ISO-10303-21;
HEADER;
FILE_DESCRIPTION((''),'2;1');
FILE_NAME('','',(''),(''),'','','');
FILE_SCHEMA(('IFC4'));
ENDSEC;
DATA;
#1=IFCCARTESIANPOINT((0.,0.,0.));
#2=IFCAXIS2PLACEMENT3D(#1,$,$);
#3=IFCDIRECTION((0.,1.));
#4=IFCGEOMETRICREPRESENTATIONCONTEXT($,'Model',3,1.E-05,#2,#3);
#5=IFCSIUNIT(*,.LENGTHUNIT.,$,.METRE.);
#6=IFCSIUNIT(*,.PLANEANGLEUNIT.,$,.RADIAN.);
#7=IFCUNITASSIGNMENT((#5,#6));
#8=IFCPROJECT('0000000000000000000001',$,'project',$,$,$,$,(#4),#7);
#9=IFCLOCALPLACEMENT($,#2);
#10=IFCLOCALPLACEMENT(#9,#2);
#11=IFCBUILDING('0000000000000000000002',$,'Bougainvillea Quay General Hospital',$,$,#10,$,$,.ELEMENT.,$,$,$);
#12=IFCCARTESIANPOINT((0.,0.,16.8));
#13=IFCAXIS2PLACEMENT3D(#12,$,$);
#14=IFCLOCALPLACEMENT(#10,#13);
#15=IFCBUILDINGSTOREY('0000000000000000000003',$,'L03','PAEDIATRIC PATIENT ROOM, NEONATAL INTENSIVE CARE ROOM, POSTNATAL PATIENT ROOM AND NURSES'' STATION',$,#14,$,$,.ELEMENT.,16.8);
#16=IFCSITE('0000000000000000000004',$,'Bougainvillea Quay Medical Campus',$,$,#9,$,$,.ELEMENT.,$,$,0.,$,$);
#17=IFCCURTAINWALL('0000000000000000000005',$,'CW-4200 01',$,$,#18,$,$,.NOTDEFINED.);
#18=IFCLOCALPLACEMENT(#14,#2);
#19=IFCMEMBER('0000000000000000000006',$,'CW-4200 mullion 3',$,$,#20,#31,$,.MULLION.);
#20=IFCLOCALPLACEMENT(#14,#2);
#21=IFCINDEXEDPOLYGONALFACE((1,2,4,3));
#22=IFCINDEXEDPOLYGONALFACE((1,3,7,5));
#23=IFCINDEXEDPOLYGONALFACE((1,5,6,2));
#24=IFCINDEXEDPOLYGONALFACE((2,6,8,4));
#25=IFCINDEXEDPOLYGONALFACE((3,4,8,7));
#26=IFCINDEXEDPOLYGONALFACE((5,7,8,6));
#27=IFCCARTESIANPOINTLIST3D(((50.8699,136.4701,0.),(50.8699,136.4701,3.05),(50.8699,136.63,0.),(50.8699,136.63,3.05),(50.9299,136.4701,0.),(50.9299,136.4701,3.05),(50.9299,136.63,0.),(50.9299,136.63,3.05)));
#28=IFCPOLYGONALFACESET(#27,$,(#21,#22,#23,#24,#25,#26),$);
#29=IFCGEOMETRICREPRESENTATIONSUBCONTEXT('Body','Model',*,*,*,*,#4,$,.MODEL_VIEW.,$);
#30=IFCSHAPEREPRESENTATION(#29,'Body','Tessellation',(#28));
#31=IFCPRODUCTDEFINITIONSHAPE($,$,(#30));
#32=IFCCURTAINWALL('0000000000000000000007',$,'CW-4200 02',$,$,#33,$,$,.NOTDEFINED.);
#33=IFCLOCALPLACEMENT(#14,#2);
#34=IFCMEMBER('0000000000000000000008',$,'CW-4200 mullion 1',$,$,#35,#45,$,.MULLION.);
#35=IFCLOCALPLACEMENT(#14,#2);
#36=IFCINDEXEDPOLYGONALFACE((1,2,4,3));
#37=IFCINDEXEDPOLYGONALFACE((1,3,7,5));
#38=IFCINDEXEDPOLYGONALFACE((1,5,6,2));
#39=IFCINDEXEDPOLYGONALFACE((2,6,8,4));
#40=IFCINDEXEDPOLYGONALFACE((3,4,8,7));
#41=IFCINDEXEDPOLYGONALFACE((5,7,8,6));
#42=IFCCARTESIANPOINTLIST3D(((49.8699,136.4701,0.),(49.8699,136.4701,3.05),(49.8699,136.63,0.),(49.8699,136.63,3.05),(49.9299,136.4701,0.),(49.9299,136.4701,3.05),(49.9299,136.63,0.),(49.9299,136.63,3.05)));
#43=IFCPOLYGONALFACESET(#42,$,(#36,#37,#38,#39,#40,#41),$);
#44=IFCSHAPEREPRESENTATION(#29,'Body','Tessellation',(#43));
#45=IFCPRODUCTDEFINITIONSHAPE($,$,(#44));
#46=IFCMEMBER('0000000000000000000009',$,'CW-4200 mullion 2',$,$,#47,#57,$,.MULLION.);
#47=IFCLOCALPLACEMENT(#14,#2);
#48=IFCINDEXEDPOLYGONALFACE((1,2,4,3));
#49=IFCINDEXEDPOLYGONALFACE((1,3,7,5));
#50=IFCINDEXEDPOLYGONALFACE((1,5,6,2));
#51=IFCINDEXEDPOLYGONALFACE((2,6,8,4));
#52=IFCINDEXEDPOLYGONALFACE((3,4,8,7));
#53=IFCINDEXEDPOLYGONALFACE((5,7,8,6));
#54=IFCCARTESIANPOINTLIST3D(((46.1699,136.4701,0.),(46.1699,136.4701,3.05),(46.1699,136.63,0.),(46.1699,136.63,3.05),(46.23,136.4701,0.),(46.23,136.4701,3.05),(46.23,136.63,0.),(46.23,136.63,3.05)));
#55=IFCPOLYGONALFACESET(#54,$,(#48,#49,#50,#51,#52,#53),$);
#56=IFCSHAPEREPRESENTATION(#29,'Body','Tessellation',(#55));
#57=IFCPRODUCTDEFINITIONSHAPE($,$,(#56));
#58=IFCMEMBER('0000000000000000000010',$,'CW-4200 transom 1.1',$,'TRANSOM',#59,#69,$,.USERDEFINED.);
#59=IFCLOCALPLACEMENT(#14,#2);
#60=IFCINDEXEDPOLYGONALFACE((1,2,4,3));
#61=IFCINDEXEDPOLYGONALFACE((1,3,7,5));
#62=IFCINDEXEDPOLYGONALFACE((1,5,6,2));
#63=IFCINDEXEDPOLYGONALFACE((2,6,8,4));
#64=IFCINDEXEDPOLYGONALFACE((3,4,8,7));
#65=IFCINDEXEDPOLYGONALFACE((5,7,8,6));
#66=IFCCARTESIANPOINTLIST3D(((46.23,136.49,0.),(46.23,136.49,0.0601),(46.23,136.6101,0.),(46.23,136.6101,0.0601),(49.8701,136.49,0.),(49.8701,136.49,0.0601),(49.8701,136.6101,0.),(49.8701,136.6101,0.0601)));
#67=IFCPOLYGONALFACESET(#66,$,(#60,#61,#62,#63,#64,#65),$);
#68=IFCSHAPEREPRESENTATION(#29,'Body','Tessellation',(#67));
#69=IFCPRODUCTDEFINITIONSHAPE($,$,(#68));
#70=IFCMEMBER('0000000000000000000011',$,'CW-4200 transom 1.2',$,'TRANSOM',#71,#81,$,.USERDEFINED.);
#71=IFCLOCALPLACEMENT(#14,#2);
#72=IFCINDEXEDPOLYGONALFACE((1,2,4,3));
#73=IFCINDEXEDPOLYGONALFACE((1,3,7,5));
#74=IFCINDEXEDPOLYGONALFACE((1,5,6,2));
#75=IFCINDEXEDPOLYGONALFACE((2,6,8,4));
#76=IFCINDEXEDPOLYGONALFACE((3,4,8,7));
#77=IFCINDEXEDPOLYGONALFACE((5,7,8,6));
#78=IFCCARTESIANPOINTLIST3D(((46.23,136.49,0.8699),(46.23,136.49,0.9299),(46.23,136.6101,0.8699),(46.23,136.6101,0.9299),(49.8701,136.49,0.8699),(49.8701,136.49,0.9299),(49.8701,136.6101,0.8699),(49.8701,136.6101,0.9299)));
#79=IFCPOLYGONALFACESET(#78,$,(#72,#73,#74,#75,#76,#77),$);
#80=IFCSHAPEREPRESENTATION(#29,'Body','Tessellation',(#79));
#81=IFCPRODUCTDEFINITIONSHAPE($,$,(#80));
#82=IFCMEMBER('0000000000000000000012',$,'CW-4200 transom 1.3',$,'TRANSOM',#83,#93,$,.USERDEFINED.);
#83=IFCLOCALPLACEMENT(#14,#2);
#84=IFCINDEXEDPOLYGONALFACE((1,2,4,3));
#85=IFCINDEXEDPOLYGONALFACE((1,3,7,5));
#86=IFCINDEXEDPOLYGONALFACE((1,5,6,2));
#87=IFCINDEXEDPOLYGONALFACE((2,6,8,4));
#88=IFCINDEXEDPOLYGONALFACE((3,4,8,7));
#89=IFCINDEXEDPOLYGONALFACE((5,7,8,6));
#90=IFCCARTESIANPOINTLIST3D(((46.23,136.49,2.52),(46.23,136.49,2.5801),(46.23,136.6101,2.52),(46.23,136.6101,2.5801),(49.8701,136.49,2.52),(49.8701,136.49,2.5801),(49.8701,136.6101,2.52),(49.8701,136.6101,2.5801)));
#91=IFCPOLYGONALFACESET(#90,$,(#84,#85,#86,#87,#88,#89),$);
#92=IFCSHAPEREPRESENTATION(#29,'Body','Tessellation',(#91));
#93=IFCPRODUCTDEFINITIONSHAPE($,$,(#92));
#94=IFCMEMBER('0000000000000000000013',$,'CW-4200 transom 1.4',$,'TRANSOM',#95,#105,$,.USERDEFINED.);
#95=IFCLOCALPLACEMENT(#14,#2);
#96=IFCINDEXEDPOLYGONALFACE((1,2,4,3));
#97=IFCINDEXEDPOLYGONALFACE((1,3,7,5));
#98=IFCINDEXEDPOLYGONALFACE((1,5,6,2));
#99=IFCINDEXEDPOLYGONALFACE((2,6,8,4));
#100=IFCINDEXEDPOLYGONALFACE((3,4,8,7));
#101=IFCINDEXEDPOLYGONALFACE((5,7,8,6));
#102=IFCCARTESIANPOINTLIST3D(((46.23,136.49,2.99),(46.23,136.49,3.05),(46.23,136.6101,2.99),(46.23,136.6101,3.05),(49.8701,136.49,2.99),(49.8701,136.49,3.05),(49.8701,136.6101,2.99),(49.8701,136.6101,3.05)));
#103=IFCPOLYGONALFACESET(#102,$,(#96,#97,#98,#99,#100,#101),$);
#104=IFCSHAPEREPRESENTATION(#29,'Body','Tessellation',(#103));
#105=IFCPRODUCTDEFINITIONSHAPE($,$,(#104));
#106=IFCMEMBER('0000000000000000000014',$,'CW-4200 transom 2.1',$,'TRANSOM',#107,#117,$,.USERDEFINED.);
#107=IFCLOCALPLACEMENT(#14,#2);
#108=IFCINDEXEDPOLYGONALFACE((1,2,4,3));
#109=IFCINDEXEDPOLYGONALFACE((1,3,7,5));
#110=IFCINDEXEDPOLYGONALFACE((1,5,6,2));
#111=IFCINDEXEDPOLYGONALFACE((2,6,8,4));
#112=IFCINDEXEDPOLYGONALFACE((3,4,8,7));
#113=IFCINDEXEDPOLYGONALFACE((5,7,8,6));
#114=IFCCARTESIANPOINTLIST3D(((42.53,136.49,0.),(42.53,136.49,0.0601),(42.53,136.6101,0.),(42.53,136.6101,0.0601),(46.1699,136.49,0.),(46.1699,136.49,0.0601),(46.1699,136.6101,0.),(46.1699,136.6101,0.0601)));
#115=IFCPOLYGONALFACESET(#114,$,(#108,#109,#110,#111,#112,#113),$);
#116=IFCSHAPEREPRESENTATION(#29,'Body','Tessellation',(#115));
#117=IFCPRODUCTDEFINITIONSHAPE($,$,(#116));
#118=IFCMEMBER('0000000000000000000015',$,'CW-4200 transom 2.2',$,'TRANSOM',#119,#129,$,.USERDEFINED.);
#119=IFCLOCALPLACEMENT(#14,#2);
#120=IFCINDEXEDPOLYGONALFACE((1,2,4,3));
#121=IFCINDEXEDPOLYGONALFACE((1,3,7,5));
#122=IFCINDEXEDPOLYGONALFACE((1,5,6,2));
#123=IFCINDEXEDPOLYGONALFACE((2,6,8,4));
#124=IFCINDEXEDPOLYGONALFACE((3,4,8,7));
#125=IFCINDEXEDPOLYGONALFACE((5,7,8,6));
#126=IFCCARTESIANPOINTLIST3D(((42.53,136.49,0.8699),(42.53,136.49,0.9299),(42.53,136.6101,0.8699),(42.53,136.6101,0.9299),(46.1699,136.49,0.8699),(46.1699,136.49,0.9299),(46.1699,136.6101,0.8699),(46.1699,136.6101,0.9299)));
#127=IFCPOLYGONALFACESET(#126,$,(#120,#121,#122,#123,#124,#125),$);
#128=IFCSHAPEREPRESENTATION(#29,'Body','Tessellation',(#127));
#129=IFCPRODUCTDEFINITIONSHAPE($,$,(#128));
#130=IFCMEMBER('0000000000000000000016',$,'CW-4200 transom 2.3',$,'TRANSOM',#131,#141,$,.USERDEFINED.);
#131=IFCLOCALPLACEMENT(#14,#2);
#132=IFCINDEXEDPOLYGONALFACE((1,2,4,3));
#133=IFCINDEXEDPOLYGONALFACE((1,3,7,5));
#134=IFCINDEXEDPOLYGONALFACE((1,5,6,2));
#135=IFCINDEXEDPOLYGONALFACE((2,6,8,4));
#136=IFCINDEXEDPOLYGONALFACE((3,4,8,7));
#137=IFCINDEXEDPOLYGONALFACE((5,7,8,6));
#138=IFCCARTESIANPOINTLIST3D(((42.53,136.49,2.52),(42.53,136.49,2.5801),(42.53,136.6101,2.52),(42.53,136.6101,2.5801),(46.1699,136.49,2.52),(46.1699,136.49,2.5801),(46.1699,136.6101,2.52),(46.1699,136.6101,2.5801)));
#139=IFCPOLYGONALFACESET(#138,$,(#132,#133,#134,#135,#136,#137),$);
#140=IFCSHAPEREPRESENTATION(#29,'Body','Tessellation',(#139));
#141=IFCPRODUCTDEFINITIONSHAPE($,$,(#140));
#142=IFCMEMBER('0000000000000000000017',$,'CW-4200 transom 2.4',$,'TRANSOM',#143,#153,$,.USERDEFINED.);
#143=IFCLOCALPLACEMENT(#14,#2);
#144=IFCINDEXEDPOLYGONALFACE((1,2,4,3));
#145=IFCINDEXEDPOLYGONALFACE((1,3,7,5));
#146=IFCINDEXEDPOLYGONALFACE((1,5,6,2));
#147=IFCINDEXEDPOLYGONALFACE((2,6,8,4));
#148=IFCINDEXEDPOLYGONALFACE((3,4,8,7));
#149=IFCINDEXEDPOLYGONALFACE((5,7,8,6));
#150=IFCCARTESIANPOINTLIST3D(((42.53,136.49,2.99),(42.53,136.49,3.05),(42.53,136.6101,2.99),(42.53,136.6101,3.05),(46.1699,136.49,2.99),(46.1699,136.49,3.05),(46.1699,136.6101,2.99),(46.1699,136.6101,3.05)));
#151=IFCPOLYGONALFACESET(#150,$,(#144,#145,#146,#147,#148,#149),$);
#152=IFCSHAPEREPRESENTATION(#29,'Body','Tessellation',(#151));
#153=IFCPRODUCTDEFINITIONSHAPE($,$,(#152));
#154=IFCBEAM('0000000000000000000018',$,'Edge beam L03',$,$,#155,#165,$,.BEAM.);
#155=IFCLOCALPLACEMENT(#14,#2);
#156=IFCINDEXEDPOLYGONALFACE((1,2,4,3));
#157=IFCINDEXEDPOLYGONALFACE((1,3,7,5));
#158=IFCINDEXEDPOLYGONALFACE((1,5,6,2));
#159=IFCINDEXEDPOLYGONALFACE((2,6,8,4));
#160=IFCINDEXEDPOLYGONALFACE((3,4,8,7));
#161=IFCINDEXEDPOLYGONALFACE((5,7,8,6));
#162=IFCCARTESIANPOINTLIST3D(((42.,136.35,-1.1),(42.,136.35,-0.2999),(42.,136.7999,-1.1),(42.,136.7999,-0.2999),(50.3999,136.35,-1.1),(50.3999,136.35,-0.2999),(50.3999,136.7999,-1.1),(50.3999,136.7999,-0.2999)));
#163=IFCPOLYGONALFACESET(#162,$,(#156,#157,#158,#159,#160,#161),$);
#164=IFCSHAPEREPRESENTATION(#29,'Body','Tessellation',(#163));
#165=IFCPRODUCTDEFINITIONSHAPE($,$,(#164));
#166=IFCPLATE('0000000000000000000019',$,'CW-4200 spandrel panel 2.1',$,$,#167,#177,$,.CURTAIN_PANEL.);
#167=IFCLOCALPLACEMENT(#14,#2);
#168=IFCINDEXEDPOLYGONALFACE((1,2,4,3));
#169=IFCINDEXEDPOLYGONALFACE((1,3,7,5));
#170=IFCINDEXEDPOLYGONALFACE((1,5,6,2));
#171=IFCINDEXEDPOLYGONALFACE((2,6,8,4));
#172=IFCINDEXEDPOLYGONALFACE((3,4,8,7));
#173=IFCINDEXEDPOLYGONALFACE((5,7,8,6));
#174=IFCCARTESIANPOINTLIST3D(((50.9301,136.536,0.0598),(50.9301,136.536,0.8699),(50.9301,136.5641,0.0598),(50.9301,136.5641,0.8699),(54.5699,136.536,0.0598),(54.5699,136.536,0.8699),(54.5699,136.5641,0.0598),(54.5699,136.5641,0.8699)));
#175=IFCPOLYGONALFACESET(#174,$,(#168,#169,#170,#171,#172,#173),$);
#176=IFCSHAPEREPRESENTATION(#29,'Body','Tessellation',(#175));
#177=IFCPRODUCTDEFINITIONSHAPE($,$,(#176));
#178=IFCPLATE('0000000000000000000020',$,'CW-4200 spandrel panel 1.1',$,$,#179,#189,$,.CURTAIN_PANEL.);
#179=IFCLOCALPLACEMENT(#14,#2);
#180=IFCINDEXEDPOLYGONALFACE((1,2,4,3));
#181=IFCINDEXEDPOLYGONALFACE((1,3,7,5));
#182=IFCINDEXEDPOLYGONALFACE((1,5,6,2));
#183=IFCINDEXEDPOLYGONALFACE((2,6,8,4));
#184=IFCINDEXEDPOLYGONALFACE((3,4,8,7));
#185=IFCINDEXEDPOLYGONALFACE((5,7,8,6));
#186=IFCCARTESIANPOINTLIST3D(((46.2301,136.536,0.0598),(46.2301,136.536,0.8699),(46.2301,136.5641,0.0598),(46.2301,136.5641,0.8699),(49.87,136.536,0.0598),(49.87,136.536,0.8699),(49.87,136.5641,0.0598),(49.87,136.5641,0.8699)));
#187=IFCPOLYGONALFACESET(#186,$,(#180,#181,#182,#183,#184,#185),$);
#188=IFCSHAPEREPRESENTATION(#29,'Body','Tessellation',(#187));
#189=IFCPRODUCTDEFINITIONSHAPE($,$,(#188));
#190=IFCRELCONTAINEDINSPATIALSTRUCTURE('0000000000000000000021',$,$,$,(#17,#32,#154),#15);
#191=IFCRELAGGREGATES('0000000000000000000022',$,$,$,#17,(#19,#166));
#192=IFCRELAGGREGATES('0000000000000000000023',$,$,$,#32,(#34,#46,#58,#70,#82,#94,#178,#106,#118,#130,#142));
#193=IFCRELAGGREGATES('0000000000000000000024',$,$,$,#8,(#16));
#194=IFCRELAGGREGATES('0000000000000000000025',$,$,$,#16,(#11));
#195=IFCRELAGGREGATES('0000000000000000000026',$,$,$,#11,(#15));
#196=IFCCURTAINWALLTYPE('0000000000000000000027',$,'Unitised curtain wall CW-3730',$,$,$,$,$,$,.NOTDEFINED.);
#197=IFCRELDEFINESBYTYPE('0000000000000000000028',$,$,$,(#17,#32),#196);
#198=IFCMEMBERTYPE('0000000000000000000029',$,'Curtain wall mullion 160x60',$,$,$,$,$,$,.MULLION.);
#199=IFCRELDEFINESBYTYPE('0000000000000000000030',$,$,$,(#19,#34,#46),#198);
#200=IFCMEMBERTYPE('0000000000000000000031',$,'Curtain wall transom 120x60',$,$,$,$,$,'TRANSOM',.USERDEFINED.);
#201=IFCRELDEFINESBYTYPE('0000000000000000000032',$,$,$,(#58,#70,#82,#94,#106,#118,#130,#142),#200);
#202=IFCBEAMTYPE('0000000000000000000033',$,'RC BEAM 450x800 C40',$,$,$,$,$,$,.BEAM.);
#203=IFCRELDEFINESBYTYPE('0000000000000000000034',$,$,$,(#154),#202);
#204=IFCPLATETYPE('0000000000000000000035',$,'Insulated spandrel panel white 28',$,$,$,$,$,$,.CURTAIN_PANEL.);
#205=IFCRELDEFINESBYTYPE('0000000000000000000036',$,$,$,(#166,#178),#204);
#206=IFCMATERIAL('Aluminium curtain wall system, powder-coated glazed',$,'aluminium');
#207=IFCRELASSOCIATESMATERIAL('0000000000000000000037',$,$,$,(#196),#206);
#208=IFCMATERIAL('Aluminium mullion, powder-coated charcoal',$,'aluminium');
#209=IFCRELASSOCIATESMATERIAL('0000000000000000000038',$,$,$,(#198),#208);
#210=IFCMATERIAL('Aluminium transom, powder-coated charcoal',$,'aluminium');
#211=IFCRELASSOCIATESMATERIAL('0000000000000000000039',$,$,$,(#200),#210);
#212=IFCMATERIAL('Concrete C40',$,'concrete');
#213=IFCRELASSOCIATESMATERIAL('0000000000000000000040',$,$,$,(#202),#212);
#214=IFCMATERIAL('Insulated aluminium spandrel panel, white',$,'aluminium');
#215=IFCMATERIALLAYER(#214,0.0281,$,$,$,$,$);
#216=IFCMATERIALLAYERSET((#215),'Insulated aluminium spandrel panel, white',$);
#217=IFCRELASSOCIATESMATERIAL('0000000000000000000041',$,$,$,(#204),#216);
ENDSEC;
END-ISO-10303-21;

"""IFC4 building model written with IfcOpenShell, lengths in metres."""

from ifc_helpers import new_model, si_unit, direction, frame, origin, origin_2d, place, context, subcontext, project, spatial, rectangle, extrude, material, layer, layer_set, material_profile, profile_set, type_object, element, aggregate, save


model = new_model("IFC4")

# Units and contexts
model_context = context("Model", 3, precision=1e-05, world=origin(), true_north=direction((0.0, 1.0)))
body_context = subcontext(model_context, "Body", "Model", "MODEL_VIEW")
ifc_project = project(units=[si_unit("LENGTHUNIT", "METRE"), si_unit("PLANEANGLEUNIT", "RADIAN")], contexts=[model_context])

# Site, building, storey
site_placement = place(None, origin())
site = spatial("IfcSite", under=ifc_project, at=site_placement, Name="Bougainvillea Quay Medical Campus", CompositionType="ELEMENT", RefElevation=0.0)
building_placement = place(site_placement, origin())
building = spatial("IfcBuilding", under=site, at=building_placement, Name="Bougainvillea Quay General Hospital", CompositionType="ELEMENT")
storey_placement = place(building_placement, frame((0.0, 0.0, 16.8)))
storey = spatial("IfcBuildingStorey", under=building, at=storey_placement, Name="L03", Description="PAEDIATRIC PATIENT ROOM, NEONATAL INTENSIVE CARE ROOM, POSTNATAL PATIENT ROOM AND NURSES' STATION", CompositionType="ELEMENT", Elevation=16.8)

# Curtain wall, member
ifc_material_1 = material(Name="Aluminium curtain wall system, powder-coated glazed", Category="aluminium")
curtain_wall_type = type_object("IfcCurtainWallType", Name="Unitised curtain wall CW-3730", PredefinedType="NOTDEFINED", material=ifc_material_1)
curtain_wall_1_placement = place(storey_placement, origin())
curtain_wall_1 = element("IfcCurtainWall", 1, at=curtain_wall_1_placement, inside=storey, type_object=curtain_wall_type, Name="CW-4200 01", PredefinedType="NOTDEFINED")
ifc_material_2 = material(Name="Aluminium mullion, powder-coated charcoal", Category="aluminium")
ifc_material_profile_1 = material_profile(ifc_material_2, rectangle(XDim=0.1599, YDim=0.0601, at=origin_2d()))
ifc_profile_set_1 = profile_set([ifc_material_profile_1], Name="Aluminium mullion, powder-coated charcoal")
member_type_1 = type_object("IfcMemberType", Name="Curtain wall mullion 160x60", PredefinedType="MULLION", material=ifc_profile_set_1)
member_1_placement = place(storey_placement, frame((50.8999, 136.55, 0.0), z_axis=(0.0, 0.0, 1.0), x_axis=(0.0, -1.0, 0.0)))
member_1 = element("IfcMember", 2, at=member_1_placement, type_object=member_type_1, Name="CW-4200 mullion 3", PredefinedType="MULLION", context=body_context, shape_type="SweptSolid", body=[
    extrude(rectangle(XDim=0.1599, YDim=0.0601, at=origin_2d()), origin(), (0.0, 0.0, 1.0), 3.05),
])

# Curtain wall, members
curtain_wall_2_placement = place(storey_placement, origin())
curtain_wall_2 = element("IfcCurtainWall", 3, at=curtain_wall_2_placement, inside=storey, type_object=curtain_wall_type, Name="CW-4200 02", PredefinedType="NOTDEFINED")
member_2_placement = place(storey_placement, frame((49.8999, 136.55, 0.0), z_axis=(0.0, 0.0, 1.0), x_axis=(0.0, -1.0, 0.0)))
member_2 = element("IfcMember", 4, at=member_2_placement, type_object=member_type_1, Name="CW-4200 mullion 1", PredefinedType="MULLION", context=body_context, shape_type="SweptSolid", body=[
    extrude(rectangle(XDim=0.1599, YDim=0.0601, at=origin_2d()), origin(), (0.0, 0.0, 1.0), 3.05),
])
member_3_placement = place(storey_placement, frame((46.2, 136.55, 0.0), z_axis=(0.0, 0.0, 1.0), x_axis=(0.0, -1.0, 0.0)))
member_3 = element("IfcMember", 5, at=member_3_placement, type_object=member_type_1, Name="CW-4200 mullion 2", PredefinedType="MULLION", context=body_context, shape_type="SweptSolid", body=[
    extrude(rectangle(XDim=0.1599, YDim=0.0601, at=origin_2d()), origin(), (0.0, 0.0, 1.0), 3.05),
])
ifc_material_3 = material(Name="Aluminium transom, powder-coated charcoal", Category="aluminium")
ifc_material_profile_2 = material_profile(ifc_material_3, rectangle(XDim=0.1201, YDim=0.0601, at=origin_2d()))
ifc_profile_set_2 = profile_set([ifc_material_profile_2], Name="Aluminium transom, powder-coated charcoal")
member_type_2 = type_object("IfcMemberType", Name="Curtain wall transom 120x60", ElementType="TRANSOM", PredefinedType="USERDEFINED", material=ifc_profile_set_2)
member_4_placement = place(storey_placement, frame((49.8701, 136.55, 0.03), z_axis=(-1.0, 0.0, 0.0), x_axis=(0.0, -1.0, 0.0)))
member_4 = element("IfcMember", 6, at=member_4_placement, type_object=member_type_2, Name="CW-4200 transom 1.1", ObjectType="TRANSOM", PredefinedType="USERDEFINED", context=body_context, shape_type="SweptSolid", body=[
    extrude(rectangle(XDim=0.1201, YDim=0.0601, at=origin_2d()), origin(), (0.0, 0.0, 1.0), 3.6401),
])
member_5_placement = place(storey_placement, frame((49.8701, 136.55, 0.8999), z_axis=(-1.0, 0.0, 0.0), x_axis=(0.0, -1.0, 0.0)))
member_5 = element("IfcMember", 7, at=member_5_placement, type_object=member_type_2, Name="CW-4200 transom 1.2", ObjectType="TRANSOM", PredefinedType="USERDEFINED", context=body_context, shape_type="SweptSolid", body=[
    extrude(rectangle(XDim=0.1201, YDim=0.0601, at=origin_2d()), origin(), (0.0, 0.0, 1.0), 3.6401),
])
member_6_placement = place(storey_placement, frame((49.8701, 136.55, 2.55), z_axis=(-1.0, 0.0, 0.0), x_axis=(0.0, -1.0, 0.0)))
member_6 = element("IfcMember", 8, at=member_6_placement, type_object=member_type_2, Name="CW-4200 transom 1.3", ObjectType="TRANSOM", PredefinedType="USERDEFINED", context=body_context, shape_type="SweptSolid", body=[
    extrude(rectangle(XDim=0.1201, YDim=0.0601, at=origin_2d()), origin(), (0.0, 0.0, 1.0), 3.6401),
])
member_7_placement = place(storey_placement, frame((49.8701, 136.55, 3.02), z_axis=(-1.0, 0.0, 0.0), x_axis=(0.0, -1.0, 0.0)))
member_7 = element("IfcMember", 9, at=member_7_placement, type_object=member_type_2, Name="CW-4200 transom 1.4", ObjectType="TRANSOM", PredefinedType="USERDEFINED", context=body_context, shape_type="SweptSolid", body=[
    extrude(rectangle(XDim=0.1201, YDim=0.0601, at=origin_2d()), origin(), (0.0, 0.0, 1.0), 3.6401),
])
member_8_placement = place(storey_placement, frame((46.1699, 136.55, 0.03), z_axis=(-1.0, 0.0, 0.0), x_axis=(0.0, -1.0, 0.0)))
member_8 = element("IfcMember", 10, at=member_8_placement, type_object=member_type_2, Name="CW-4200 transom 2.1", ObjectType="TRANSOM", PredefinedType="USERDEFINED", context=body_context, shape_type="SweptSolid", body=[
    extrude(rectangle(XDim=0.1201, YDim=0.0601, at=origin_2d()), origin(), (0.0, 0.0, 1.0), 3.6399),
])
member_9_placement = place(storey_placement, frame((46.1699, 136.55, 0.8999), z_axis=(-1.0, 0.0, 0.0), x_axis=(0.0, -1.0, 0.0)))
member_9 = element("IfcMember", 11, at=member_9_placement, type_object=member_type_2, Name="CW-4200 transom 2.2", ObjectType="TRANSOM", PredefinedType="USERDEFINED", context=body_context, shape_type="SweptSolid", body=[
    extrude(rectangle(XDim=0.1201, YDim=0.0601, at=origin_2d()), origin(), (0.0, 0.0, 1.0), 3.6399),
])
member_10_placement = place(storey_placement, frame((46.1699, 136.55, 2.55), z_axis=(-1.0, 0.0, 0.0), x_axis=(0.0, -1.0, 0.0)))
member_10 = element("IfcMember", 12, at=member_10_placement, type_object=member_type_2, Name="CW-4200 transom 2.3", ObjectType="TRANSOM", PredefinedType="USERDEFINED", context=body_context, shape_type="SweptSolid", body=[
    extrude(rectangle(XDim=0.1201, YDim=0.0601, at=origin_2d()), origin(), (0.0, 0.0, 1.0), 3.6399),
])
member_11_placement = place(storey_placement, frame((46.1699, 136.55, 3.02), z_axis=(-1.0, 0.0, 0.0), x_axis=(0.0, -1.0, 0.0)))
member_11 = element("IfcMember", 13, at=member_11_placement, type_object=member_type_2, Name="CW-4200 transom 2.4", ObjectType="TRANSOM", PredefinedType="USERDEFINED", context=body_context, shape_type="SweptSolid", body=[
    extrude(rectangle(XDim=0.1201, YDim=0.0601, at=origin_2d()), origin(), (0.0, 0.0, 1.0), 3.6399),
])

# Beam
ifc_material_4 = material(Name="Concrete C40", Category="concrete")
ifc_material_profile_3 = material_profile(ifc_material_4, rectangle(XDim=0.45, YDim=0.8, at=origin_2d()))
ifc_profile_set_3 = profile_set([ifc_material_profile_3], Name="Concrete C40")
beam_type = type_object("IfcBeamType", Name="RC BEAM 450x800 C40", PredefinedType="BEAM", material=ifc_profile_set_3)
beam_placement = place(storey_placement, frame((50.3999, 136.575, -0.7), z_axis=(-1.0, 0.0, 0.0), x_axis=(0.0, -1.0, 0.0)))
element("IfcBeam", 14, at=beam_placement, inside=storey, type_object=beam_type, Name="Edge beam L03", PredefinedType="BEAM", context=body_context, shape_type="SweptSolid", body=[
    extrude(rectangle(XDim=0.45, YDim=0.8, at=origin_2d()), origin(), (0.0, 0.0, 1.0), 8.3999),
])

# Plates
ifc_material_5 = material(Name="Insulated aluminium spandrel panel, white", Category="aluminium")
ifc_layer_1 = layer(ifc_material_5, 0.0281)
ifc_layer_set_1 = layer_set([ifc_layer_1], Name="Insulated aluminium spandrel panel, white")
plate_type_1 = type_object("IfcPlateType", Name="Insulated spandrel panel white 28", PredefinedType="CURTAIN_PANEL", material=ifc_layer_set_1)
plate_1_placement = place(storey_placement, frame((52.75, 136.55, 0.0598), z_axis=(0.0, 0.0, 1.0), x_axis=(-1.0, 0.0, 0.0)))
plate_1 = element("IfcPlate", 15, at=plate_1_placement, type_object=plate_type_1, Name="CW-4200 spandrel panel 2.1", PredefinedType="CURTAIN_PANEL", context=body_context, shape_type="SweptSolid", body=[
    extrude(rectangle(XDim=3.6399, YDim=0.0281, at=origin_2d()), origin(), (0.0, 0.0, 1.0), 0.8101),
])
plate_2_placement = place(storey_placement, frame((48.05, 136.55, 0.0598), z_axis=(0.0, 0.0, 1.0), x_axis=(-1.0, 0.0, 0.0)))
plate_2 = element("IfcPlate", 16, at=plate_2_placement, type_object=plate_type_1, Name="CW-4200 spandrel panel 1.1", PredefinedType="CURTAIN_PANEL", context=body_context, shape_type="SweptSolid", body=[
    extrude(rectangle(XDim=3.6399, YDim=0.0281, at=origin_2d()), origin(), (0.0, 0.0, 1.0), 0.8101),
])
aggregate(curtain_wall_1, [member_1, plate_1])
aggregate(curtain_wall_2, [member_2, member_3, member_4, member_5, member_6, member_7, plate_2, member_8, member_9, member_10, member_11])

save(model, "model.ifc")
